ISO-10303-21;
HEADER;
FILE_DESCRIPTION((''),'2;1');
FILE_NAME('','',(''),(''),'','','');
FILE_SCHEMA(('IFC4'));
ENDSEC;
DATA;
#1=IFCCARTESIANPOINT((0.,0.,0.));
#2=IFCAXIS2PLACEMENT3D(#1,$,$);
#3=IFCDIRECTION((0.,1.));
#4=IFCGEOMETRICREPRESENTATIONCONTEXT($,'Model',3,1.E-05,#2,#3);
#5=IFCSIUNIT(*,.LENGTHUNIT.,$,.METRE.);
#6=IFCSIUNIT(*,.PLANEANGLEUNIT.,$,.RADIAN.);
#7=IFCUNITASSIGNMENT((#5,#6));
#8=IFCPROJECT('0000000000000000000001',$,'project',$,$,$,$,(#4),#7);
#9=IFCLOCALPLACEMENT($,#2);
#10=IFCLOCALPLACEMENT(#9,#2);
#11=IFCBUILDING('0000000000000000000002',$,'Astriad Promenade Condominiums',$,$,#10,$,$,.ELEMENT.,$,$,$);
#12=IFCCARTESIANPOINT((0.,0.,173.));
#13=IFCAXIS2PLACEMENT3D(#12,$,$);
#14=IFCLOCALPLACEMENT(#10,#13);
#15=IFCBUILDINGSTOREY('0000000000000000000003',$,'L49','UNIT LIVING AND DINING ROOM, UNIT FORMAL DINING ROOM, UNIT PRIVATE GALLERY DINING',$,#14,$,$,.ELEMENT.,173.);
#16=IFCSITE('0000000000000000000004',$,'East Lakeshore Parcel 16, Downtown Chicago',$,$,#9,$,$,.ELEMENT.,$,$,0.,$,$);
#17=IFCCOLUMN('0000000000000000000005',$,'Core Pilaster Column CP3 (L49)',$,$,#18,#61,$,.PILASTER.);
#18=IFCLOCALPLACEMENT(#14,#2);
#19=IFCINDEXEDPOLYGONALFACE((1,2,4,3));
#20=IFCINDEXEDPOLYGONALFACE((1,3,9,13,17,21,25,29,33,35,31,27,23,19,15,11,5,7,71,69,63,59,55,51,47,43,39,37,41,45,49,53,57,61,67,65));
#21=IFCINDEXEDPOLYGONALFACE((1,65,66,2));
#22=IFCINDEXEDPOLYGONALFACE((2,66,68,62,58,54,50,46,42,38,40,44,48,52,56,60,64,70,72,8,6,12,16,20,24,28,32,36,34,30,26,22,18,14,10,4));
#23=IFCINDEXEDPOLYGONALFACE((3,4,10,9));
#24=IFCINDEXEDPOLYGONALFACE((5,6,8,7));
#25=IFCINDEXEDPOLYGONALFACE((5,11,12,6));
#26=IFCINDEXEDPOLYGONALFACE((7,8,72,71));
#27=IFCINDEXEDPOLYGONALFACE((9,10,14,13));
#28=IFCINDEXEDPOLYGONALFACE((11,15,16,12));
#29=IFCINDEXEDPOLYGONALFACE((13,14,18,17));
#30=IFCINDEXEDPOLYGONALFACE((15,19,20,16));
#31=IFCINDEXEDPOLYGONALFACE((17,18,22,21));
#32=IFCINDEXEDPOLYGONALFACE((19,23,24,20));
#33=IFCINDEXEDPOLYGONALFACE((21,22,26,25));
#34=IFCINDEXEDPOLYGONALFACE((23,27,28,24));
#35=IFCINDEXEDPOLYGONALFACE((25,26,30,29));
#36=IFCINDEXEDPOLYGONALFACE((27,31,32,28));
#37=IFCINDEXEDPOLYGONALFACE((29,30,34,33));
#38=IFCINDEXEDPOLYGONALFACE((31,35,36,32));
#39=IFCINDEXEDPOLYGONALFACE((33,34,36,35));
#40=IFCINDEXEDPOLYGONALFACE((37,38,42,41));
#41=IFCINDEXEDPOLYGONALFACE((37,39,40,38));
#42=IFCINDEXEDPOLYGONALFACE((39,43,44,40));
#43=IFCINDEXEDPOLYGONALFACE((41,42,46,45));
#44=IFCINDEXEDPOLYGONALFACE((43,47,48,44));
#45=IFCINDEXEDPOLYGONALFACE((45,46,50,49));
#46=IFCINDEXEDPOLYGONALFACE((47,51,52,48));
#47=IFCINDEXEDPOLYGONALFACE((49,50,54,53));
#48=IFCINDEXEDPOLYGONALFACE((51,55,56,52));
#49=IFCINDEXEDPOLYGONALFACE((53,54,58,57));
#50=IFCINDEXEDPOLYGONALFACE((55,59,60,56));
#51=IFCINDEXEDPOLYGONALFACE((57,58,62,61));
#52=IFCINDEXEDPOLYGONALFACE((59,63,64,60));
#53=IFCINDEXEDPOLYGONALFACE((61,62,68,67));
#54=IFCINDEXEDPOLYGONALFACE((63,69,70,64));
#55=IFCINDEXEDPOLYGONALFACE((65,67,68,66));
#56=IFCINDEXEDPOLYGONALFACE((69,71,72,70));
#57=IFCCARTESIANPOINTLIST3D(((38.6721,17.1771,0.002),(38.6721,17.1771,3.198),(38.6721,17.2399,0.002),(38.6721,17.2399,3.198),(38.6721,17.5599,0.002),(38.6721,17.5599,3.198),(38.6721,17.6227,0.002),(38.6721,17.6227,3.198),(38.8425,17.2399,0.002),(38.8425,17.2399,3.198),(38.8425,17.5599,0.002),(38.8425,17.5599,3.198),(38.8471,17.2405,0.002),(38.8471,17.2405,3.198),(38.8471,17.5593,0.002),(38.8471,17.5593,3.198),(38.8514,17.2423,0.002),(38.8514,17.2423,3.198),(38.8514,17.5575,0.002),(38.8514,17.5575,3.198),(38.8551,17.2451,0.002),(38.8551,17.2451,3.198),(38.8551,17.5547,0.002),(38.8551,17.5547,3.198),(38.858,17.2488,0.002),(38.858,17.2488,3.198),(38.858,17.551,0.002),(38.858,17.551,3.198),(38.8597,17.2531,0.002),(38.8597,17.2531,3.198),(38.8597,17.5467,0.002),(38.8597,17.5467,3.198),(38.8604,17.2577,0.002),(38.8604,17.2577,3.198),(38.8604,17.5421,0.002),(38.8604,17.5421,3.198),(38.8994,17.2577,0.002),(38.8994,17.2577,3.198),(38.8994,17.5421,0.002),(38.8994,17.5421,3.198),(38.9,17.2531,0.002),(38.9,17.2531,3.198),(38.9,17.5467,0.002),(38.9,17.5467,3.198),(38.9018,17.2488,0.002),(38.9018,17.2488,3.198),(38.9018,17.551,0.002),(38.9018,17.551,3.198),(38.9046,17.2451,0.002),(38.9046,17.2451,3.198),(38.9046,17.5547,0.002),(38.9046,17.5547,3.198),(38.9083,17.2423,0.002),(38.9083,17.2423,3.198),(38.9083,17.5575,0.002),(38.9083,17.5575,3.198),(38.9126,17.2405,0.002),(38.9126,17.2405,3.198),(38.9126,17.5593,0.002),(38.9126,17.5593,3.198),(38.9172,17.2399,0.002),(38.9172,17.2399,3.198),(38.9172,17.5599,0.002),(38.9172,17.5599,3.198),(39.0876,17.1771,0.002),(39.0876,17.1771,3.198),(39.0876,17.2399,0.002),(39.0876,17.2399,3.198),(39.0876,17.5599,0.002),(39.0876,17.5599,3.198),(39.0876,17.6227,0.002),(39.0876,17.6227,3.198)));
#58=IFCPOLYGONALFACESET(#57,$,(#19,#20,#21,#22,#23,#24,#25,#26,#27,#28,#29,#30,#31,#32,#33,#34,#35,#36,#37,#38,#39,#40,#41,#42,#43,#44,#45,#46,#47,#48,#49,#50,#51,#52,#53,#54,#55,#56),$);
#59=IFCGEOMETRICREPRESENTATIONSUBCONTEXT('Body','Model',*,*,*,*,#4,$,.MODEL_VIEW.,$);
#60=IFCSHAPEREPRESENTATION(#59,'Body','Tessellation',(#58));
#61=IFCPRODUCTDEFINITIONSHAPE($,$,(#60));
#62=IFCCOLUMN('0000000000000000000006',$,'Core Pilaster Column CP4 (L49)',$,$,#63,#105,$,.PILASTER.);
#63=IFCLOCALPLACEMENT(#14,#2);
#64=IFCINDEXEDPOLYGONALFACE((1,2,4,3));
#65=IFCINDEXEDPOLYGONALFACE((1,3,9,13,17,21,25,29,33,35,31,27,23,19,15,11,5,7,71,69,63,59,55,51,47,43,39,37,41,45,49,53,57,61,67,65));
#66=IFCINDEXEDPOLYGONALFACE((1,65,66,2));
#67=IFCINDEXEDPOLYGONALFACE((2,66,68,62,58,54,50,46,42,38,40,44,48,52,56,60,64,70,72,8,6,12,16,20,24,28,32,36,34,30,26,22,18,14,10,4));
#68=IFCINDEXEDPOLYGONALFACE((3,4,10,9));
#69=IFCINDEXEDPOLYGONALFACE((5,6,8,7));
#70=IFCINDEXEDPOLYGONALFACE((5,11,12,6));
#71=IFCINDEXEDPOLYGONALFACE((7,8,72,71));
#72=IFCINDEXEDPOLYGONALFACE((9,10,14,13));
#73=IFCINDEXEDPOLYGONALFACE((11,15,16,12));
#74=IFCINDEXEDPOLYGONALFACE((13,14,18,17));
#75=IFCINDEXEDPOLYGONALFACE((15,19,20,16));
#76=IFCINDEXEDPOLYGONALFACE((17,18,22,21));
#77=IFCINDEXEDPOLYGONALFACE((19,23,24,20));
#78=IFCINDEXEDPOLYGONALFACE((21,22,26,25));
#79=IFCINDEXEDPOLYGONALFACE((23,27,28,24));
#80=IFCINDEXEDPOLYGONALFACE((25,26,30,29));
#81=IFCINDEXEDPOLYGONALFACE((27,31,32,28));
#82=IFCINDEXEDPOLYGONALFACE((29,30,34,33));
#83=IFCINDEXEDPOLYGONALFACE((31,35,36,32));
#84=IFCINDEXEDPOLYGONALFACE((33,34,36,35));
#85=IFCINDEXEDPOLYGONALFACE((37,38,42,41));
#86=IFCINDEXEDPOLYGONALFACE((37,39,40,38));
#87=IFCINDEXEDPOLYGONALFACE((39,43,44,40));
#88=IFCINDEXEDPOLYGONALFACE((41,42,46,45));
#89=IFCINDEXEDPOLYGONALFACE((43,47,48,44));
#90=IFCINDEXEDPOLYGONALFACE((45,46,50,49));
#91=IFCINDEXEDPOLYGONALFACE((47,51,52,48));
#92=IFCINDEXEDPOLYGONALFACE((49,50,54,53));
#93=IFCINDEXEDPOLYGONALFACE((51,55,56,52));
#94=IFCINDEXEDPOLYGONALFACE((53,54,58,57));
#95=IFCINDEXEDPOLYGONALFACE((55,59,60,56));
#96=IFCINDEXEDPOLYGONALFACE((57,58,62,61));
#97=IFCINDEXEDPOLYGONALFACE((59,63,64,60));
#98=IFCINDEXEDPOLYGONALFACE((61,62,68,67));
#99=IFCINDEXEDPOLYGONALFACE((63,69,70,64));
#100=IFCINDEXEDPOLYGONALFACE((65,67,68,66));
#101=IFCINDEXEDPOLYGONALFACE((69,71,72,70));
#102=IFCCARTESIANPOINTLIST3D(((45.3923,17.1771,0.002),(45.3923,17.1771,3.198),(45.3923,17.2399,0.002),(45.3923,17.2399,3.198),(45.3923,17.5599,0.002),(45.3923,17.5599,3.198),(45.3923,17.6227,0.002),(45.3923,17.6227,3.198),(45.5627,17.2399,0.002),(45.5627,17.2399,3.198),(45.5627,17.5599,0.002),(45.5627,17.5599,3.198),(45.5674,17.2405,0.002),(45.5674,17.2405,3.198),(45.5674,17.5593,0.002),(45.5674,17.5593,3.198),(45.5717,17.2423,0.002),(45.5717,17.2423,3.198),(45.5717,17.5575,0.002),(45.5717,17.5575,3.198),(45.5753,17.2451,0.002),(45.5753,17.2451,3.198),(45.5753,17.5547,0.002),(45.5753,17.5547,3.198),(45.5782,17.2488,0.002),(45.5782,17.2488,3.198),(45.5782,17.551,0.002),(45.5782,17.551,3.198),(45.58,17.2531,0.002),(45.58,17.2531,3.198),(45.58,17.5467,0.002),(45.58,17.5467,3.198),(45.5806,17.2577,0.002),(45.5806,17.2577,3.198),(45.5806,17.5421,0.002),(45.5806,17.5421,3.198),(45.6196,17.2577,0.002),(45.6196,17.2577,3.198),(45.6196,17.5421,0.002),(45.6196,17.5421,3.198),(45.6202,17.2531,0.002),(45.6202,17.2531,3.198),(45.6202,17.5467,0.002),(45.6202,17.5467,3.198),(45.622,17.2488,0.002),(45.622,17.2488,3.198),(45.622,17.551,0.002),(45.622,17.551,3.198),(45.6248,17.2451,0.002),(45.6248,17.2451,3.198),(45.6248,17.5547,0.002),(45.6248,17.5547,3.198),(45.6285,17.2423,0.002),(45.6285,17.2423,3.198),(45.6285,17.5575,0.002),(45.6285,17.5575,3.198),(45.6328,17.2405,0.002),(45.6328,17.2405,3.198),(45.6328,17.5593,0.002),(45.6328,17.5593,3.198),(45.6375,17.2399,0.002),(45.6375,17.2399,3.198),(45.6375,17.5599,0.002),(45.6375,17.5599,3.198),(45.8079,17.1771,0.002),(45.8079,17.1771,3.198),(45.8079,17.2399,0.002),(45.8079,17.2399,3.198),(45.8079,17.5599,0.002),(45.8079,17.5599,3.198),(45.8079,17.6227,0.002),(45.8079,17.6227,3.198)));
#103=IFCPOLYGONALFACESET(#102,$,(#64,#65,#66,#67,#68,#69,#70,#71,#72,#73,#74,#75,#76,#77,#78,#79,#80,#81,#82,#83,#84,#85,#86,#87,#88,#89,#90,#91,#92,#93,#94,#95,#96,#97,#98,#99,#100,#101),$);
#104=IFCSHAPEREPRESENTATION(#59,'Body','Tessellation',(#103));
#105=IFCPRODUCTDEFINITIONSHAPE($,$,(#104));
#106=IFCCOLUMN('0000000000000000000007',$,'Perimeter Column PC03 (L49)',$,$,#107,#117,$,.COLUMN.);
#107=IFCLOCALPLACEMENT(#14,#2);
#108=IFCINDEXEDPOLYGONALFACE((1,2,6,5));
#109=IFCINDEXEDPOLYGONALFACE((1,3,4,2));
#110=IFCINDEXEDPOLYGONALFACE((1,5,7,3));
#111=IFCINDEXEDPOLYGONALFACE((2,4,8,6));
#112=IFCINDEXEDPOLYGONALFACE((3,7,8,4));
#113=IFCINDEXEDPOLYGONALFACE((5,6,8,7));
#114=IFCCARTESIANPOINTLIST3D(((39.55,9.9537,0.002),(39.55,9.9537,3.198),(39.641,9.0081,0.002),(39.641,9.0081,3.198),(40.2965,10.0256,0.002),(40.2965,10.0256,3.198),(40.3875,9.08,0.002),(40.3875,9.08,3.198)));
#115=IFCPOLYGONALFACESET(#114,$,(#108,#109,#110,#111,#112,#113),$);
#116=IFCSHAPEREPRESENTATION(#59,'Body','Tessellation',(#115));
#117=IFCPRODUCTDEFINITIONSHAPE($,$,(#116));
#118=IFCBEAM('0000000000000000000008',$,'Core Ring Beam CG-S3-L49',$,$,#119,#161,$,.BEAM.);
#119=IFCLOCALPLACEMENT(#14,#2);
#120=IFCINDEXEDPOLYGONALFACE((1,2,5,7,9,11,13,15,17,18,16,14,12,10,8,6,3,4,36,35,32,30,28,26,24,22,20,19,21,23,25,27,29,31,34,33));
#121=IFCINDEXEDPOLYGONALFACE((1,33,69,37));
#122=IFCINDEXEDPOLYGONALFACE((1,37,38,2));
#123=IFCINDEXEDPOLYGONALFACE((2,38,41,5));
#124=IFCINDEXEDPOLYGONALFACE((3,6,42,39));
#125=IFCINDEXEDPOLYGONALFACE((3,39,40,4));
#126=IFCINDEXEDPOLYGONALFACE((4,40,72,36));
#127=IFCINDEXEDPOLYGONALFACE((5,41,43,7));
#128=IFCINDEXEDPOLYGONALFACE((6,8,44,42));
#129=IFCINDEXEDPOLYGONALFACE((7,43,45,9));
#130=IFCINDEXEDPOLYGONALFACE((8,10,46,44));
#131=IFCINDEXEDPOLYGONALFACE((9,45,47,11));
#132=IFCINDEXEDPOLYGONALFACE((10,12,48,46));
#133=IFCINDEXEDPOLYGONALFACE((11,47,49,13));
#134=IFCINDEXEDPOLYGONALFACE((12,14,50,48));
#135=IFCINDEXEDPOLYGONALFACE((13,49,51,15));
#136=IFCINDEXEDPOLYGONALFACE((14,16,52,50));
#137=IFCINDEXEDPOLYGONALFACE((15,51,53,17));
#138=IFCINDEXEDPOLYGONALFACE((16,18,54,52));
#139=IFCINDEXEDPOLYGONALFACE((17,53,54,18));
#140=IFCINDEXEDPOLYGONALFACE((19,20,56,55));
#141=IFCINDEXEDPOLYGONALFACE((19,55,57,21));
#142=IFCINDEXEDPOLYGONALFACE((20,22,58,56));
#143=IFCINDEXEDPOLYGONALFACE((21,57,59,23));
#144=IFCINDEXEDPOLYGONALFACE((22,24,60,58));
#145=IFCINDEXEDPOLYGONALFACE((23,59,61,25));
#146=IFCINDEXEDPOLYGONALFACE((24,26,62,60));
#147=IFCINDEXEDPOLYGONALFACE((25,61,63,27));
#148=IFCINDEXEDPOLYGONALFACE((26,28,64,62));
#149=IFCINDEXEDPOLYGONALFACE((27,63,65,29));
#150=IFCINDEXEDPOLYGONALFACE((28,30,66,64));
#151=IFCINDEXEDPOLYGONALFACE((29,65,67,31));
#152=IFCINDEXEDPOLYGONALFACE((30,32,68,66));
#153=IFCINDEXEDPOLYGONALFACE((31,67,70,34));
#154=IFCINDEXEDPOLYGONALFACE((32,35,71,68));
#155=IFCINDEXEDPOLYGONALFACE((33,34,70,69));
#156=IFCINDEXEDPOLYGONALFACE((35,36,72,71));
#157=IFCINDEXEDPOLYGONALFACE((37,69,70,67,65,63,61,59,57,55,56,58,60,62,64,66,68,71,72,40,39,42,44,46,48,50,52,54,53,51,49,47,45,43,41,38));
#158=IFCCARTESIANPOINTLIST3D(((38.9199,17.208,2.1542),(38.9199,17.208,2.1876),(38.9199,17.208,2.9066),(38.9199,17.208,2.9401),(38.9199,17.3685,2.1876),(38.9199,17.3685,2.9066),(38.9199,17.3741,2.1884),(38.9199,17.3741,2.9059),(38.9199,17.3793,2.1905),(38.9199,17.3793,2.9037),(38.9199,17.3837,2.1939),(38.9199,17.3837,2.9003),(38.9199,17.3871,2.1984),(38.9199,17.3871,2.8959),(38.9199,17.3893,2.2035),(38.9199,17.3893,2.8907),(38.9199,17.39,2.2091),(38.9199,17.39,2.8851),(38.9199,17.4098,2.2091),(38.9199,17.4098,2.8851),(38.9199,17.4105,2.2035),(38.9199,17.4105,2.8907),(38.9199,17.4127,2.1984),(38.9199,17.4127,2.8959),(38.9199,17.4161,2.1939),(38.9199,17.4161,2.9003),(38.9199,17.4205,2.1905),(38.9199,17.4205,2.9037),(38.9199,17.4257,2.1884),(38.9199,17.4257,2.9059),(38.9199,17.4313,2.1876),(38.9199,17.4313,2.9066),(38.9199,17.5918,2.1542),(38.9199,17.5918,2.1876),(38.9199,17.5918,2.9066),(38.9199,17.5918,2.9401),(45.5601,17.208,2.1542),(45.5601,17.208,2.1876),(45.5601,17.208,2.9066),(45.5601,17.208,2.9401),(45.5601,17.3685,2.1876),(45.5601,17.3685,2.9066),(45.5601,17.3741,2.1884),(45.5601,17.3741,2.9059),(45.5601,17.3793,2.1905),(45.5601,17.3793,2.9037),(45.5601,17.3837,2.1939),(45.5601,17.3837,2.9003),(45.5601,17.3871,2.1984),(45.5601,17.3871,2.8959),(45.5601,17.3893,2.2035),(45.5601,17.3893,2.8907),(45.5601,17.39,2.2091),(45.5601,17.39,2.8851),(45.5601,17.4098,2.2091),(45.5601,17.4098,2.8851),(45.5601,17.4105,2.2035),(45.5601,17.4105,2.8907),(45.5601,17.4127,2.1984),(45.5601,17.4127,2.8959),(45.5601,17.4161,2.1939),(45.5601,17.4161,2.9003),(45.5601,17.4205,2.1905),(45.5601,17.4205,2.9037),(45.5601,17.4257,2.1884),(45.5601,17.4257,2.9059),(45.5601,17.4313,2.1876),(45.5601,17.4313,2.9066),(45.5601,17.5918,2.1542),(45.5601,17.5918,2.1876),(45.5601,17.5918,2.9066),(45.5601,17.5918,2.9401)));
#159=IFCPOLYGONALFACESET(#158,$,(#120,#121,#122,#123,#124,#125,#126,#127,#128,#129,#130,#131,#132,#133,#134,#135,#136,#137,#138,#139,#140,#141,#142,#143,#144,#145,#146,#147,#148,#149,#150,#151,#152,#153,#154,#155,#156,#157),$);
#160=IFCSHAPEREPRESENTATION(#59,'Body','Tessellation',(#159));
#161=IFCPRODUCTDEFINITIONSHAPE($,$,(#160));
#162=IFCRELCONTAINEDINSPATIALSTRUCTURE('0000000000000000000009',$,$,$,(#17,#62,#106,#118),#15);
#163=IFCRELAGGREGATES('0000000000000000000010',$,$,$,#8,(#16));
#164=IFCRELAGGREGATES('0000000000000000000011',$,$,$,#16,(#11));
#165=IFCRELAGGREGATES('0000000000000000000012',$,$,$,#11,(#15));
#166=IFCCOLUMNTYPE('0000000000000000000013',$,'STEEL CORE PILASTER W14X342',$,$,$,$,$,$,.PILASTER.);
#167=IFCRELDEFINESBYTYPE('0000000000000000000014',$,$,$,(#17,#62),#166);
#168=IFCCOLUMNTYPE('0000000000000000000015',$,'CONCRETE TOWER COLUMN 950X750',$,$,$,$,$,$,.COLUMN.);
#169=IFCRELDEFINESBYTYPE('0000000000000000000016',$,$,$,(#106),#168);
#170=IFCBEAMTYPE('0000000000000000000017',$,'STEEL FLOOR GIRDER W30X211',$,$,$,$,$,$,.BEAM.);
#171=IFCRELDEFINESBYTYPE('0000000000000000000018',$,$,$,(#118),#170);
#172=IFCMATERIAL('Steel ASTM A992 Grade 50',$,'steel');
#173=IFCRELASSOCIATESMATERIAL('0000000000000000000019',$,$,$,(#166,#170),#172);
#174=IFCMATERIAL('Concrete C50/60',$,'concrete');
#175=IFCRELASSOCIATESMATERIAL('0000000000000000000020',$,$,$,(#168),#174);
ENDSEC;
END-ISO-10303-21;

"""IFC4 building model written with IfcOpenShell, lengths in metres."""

from ifc_helpers import new_model, si_unit, direction, frame, origin, origin_2d, place, context, subcontext, project, spatial, rectangle, i_section, extrude, source, transform, mapped, material, material_profile, profile_set, type_object, type_shapes, element, save


model = new_model("IFC4")

# Units and contexts
model_context = context("Model", 3, precision=1e-05, world=origin(), true_north=direction((0.0, 1.0)))
body_context = subcontext(model_context, "Body", "Model", "MODEL_VIEW")
ifc_project = project(units=[si_unit("LENGTHUNIT", "METRE"), si_unit("PLANEANGLEUNIT", "RADIAN")], contexts=[model_context])

# Site, building, storey
site_placement = place(None, origin())
site = spatial("IfcSite", under=ifc_project, at=site_placement, Name="East Lakeshore Parcel 16, Downtown Chicago", CompositionType="ELEMENT", RefElevation=0.0)
building_placement = place(site_placement, origin())
building = spatial("IfcBuilding", under=site, at=building_placement, Name="Astriad Promenade Condominiums", CompositionType="ELEMENT")
storey_placement = place(building_placement, frame((0.0, 0.0, 173.0)))
storey = spatial("IfcBuildingStorey", under=building, at=storey_placement, Name="L49", Description="UNIT LIVING AND DINING ROOM, UNIT FORMAL DINING ROOM, UNIT PRIVATE GALLERY DINING", CompositionType="ELEMENT", Elevation=173.0)

# Columns
ifc_material_1 = material(Name="Steel ASTM A992 Grade 50", Category="steel")
ifc_material_profile_1 = material_profile(ifc_material_1, i_section(OverallWidth=0.4155, OverallDepth=0.4456, WebThickness=0.0391, FlangeThickness=0.0627, FilletRadius=0.0178, at=origin_2d()), Name="W14X342")
ifc_profile_set_1 = profile_set([ifc_material_profile_1], Name="Steel ASTM A992 Grade 50")
column_type_1 = type_object("IfcColumnType", Name="STEEL CORE PILASTER W14X342", PredefinedType="PILASTER", material=ifc_profile_set_1)
shared_shape_1 = source(origin(), body_context, "Body", "SweptSolid", [
    extrude(i_section(OverallWidth=0.4155, OverallDepth=0.4456, WebThickness=0.0391, FlangeThickness=0.0627, FilletRadius=0.0178, at=origin_2d()), origin(), (0.0, 0.0, 1.0), 3.196),
])
type_shapes(column_type_1, [shared_shape_1])
for number, where, z_axis, x_axis, name in (
    (1, (38.8799, 17.3999, 0.002), (0.0, 0.0, 1.0), (1.0, 0.0, 0.0), "Core Pilaster Column CP3 (L49)"),
    (2, (45.6001, 17.3999, 0.002), (0.0, 0.0, 1.0), (1.0, 0.0, 0.0), "Core Pilaster Column CP4 (L49)"),
):
    element("IfcColumn", number, at=place(storey_placement, frame(where, z_axis=z_axis, x_axis=x_axis)), inside=storey, type_object=column_type_1, Name=name, PredefinedType="PILASTER", context=body_context, shape_type="MappedRepresentation", body=[
        mapped(shared_shape_1, transform((0.0, 0.0, 0.0), scale=1.0)),
    ])
ifc_material_2 = material(Name="Concrete C50/60", Category="concrete")
ifc_material_profile_2 = material_profile(ifc_material_2, rectangle(XDim=0.75, YDim=0.95, at=origin_2d()), Name="RC-COL-950X750")
ifc_profile_set_2 = profile_set([ifc_material_profile_2], Name="Concrete C50/60")
column_type_2 = type_object("IfcColumnType", Name="CONCRETE TOWER COLUMN 950X750", PredefinedType="COLUMN", material=ifc_profile_set_2)
shared_shape_2 = source(origin(), body_context, "Body", "SweptSolid", [
    extrude(rectangle(XDim=0.75, YDim=0.95, at=origin_2d()), origin(), (0.0, 0.0, 1.0), 3.196),
])
type_shapes(column_type_2, [shared_shape_2])
column_placement = place(storey_placement, frame((39.9688, 9.5168, 0.002), z_axis=(0.0, 0.0, 1.0), x_axis=(0.995396, 0.095846, 0.0)))
element("IfcColumn", 3, at=column_placement, inside=storey, type_object=column_type_2, Name="Perimeter Column PC03 (L49)", PredefinedType="COLUMN", context=body_context, shape_type="MappedRepresentation", body=[
    mapped(shared_shape_2, transform((0.0, 0.0, 0.0), scale=1.0)),
])

# Beam
ifc_material_profile_3 = material_profile(ifc_material_1, i_section(OverallWidth=0.3838, OverallDepth=0.7859, WebThickness=0.0198, FlangeThickness=0.0334, FilletRadius=0.0215, at=origin_2d()), Name="W30X211")
ifc_profile_set_3 = profile_set([ifc_material_profile_3], Name="Steel ASTM A992 Grade 50")
beam_type_1 = type_object("IfcBeamType", Name="STEEL FLOOR GIRDER W30X211", PredefinedType="BEAM", material=ifc_profile_set_3)
shared_shape_3 = source(origin(), body_context, "Body", "SweptSolid", [
    extrude(i_section(OverallWidth=0.3838, OverallDepth=0.7859, WebThickness=0.0198, FlangeThickness=0.0334, FilletRadius=0.0215, at=origin_2d()), origin(), (0.0, 0.0, 1.0), 6.6401),
])
type_shapes(beam_type_1, [shared_shape_3])
beam_1_placement = place(storey_placement, frame((38.9199, 17.3999, 2.5471), z_axis=(1.0, 0.0, 0.0), x_axis=(0.0, 1.0, 0.0)))
element("IfcBeam", 4, at=beam_1_placement, inside=storey, type_object=beam_type_1, Name="Core Ring Beam CG-S3-L49", PredefinedType="BEAM", context=body_context, shape_type="MappedRepresentation", body=[
    mapped(shared_shape_3, transform((0.0, 0.0, 0.0), scale=1.0)),
])

save(model, "model.ifc")
